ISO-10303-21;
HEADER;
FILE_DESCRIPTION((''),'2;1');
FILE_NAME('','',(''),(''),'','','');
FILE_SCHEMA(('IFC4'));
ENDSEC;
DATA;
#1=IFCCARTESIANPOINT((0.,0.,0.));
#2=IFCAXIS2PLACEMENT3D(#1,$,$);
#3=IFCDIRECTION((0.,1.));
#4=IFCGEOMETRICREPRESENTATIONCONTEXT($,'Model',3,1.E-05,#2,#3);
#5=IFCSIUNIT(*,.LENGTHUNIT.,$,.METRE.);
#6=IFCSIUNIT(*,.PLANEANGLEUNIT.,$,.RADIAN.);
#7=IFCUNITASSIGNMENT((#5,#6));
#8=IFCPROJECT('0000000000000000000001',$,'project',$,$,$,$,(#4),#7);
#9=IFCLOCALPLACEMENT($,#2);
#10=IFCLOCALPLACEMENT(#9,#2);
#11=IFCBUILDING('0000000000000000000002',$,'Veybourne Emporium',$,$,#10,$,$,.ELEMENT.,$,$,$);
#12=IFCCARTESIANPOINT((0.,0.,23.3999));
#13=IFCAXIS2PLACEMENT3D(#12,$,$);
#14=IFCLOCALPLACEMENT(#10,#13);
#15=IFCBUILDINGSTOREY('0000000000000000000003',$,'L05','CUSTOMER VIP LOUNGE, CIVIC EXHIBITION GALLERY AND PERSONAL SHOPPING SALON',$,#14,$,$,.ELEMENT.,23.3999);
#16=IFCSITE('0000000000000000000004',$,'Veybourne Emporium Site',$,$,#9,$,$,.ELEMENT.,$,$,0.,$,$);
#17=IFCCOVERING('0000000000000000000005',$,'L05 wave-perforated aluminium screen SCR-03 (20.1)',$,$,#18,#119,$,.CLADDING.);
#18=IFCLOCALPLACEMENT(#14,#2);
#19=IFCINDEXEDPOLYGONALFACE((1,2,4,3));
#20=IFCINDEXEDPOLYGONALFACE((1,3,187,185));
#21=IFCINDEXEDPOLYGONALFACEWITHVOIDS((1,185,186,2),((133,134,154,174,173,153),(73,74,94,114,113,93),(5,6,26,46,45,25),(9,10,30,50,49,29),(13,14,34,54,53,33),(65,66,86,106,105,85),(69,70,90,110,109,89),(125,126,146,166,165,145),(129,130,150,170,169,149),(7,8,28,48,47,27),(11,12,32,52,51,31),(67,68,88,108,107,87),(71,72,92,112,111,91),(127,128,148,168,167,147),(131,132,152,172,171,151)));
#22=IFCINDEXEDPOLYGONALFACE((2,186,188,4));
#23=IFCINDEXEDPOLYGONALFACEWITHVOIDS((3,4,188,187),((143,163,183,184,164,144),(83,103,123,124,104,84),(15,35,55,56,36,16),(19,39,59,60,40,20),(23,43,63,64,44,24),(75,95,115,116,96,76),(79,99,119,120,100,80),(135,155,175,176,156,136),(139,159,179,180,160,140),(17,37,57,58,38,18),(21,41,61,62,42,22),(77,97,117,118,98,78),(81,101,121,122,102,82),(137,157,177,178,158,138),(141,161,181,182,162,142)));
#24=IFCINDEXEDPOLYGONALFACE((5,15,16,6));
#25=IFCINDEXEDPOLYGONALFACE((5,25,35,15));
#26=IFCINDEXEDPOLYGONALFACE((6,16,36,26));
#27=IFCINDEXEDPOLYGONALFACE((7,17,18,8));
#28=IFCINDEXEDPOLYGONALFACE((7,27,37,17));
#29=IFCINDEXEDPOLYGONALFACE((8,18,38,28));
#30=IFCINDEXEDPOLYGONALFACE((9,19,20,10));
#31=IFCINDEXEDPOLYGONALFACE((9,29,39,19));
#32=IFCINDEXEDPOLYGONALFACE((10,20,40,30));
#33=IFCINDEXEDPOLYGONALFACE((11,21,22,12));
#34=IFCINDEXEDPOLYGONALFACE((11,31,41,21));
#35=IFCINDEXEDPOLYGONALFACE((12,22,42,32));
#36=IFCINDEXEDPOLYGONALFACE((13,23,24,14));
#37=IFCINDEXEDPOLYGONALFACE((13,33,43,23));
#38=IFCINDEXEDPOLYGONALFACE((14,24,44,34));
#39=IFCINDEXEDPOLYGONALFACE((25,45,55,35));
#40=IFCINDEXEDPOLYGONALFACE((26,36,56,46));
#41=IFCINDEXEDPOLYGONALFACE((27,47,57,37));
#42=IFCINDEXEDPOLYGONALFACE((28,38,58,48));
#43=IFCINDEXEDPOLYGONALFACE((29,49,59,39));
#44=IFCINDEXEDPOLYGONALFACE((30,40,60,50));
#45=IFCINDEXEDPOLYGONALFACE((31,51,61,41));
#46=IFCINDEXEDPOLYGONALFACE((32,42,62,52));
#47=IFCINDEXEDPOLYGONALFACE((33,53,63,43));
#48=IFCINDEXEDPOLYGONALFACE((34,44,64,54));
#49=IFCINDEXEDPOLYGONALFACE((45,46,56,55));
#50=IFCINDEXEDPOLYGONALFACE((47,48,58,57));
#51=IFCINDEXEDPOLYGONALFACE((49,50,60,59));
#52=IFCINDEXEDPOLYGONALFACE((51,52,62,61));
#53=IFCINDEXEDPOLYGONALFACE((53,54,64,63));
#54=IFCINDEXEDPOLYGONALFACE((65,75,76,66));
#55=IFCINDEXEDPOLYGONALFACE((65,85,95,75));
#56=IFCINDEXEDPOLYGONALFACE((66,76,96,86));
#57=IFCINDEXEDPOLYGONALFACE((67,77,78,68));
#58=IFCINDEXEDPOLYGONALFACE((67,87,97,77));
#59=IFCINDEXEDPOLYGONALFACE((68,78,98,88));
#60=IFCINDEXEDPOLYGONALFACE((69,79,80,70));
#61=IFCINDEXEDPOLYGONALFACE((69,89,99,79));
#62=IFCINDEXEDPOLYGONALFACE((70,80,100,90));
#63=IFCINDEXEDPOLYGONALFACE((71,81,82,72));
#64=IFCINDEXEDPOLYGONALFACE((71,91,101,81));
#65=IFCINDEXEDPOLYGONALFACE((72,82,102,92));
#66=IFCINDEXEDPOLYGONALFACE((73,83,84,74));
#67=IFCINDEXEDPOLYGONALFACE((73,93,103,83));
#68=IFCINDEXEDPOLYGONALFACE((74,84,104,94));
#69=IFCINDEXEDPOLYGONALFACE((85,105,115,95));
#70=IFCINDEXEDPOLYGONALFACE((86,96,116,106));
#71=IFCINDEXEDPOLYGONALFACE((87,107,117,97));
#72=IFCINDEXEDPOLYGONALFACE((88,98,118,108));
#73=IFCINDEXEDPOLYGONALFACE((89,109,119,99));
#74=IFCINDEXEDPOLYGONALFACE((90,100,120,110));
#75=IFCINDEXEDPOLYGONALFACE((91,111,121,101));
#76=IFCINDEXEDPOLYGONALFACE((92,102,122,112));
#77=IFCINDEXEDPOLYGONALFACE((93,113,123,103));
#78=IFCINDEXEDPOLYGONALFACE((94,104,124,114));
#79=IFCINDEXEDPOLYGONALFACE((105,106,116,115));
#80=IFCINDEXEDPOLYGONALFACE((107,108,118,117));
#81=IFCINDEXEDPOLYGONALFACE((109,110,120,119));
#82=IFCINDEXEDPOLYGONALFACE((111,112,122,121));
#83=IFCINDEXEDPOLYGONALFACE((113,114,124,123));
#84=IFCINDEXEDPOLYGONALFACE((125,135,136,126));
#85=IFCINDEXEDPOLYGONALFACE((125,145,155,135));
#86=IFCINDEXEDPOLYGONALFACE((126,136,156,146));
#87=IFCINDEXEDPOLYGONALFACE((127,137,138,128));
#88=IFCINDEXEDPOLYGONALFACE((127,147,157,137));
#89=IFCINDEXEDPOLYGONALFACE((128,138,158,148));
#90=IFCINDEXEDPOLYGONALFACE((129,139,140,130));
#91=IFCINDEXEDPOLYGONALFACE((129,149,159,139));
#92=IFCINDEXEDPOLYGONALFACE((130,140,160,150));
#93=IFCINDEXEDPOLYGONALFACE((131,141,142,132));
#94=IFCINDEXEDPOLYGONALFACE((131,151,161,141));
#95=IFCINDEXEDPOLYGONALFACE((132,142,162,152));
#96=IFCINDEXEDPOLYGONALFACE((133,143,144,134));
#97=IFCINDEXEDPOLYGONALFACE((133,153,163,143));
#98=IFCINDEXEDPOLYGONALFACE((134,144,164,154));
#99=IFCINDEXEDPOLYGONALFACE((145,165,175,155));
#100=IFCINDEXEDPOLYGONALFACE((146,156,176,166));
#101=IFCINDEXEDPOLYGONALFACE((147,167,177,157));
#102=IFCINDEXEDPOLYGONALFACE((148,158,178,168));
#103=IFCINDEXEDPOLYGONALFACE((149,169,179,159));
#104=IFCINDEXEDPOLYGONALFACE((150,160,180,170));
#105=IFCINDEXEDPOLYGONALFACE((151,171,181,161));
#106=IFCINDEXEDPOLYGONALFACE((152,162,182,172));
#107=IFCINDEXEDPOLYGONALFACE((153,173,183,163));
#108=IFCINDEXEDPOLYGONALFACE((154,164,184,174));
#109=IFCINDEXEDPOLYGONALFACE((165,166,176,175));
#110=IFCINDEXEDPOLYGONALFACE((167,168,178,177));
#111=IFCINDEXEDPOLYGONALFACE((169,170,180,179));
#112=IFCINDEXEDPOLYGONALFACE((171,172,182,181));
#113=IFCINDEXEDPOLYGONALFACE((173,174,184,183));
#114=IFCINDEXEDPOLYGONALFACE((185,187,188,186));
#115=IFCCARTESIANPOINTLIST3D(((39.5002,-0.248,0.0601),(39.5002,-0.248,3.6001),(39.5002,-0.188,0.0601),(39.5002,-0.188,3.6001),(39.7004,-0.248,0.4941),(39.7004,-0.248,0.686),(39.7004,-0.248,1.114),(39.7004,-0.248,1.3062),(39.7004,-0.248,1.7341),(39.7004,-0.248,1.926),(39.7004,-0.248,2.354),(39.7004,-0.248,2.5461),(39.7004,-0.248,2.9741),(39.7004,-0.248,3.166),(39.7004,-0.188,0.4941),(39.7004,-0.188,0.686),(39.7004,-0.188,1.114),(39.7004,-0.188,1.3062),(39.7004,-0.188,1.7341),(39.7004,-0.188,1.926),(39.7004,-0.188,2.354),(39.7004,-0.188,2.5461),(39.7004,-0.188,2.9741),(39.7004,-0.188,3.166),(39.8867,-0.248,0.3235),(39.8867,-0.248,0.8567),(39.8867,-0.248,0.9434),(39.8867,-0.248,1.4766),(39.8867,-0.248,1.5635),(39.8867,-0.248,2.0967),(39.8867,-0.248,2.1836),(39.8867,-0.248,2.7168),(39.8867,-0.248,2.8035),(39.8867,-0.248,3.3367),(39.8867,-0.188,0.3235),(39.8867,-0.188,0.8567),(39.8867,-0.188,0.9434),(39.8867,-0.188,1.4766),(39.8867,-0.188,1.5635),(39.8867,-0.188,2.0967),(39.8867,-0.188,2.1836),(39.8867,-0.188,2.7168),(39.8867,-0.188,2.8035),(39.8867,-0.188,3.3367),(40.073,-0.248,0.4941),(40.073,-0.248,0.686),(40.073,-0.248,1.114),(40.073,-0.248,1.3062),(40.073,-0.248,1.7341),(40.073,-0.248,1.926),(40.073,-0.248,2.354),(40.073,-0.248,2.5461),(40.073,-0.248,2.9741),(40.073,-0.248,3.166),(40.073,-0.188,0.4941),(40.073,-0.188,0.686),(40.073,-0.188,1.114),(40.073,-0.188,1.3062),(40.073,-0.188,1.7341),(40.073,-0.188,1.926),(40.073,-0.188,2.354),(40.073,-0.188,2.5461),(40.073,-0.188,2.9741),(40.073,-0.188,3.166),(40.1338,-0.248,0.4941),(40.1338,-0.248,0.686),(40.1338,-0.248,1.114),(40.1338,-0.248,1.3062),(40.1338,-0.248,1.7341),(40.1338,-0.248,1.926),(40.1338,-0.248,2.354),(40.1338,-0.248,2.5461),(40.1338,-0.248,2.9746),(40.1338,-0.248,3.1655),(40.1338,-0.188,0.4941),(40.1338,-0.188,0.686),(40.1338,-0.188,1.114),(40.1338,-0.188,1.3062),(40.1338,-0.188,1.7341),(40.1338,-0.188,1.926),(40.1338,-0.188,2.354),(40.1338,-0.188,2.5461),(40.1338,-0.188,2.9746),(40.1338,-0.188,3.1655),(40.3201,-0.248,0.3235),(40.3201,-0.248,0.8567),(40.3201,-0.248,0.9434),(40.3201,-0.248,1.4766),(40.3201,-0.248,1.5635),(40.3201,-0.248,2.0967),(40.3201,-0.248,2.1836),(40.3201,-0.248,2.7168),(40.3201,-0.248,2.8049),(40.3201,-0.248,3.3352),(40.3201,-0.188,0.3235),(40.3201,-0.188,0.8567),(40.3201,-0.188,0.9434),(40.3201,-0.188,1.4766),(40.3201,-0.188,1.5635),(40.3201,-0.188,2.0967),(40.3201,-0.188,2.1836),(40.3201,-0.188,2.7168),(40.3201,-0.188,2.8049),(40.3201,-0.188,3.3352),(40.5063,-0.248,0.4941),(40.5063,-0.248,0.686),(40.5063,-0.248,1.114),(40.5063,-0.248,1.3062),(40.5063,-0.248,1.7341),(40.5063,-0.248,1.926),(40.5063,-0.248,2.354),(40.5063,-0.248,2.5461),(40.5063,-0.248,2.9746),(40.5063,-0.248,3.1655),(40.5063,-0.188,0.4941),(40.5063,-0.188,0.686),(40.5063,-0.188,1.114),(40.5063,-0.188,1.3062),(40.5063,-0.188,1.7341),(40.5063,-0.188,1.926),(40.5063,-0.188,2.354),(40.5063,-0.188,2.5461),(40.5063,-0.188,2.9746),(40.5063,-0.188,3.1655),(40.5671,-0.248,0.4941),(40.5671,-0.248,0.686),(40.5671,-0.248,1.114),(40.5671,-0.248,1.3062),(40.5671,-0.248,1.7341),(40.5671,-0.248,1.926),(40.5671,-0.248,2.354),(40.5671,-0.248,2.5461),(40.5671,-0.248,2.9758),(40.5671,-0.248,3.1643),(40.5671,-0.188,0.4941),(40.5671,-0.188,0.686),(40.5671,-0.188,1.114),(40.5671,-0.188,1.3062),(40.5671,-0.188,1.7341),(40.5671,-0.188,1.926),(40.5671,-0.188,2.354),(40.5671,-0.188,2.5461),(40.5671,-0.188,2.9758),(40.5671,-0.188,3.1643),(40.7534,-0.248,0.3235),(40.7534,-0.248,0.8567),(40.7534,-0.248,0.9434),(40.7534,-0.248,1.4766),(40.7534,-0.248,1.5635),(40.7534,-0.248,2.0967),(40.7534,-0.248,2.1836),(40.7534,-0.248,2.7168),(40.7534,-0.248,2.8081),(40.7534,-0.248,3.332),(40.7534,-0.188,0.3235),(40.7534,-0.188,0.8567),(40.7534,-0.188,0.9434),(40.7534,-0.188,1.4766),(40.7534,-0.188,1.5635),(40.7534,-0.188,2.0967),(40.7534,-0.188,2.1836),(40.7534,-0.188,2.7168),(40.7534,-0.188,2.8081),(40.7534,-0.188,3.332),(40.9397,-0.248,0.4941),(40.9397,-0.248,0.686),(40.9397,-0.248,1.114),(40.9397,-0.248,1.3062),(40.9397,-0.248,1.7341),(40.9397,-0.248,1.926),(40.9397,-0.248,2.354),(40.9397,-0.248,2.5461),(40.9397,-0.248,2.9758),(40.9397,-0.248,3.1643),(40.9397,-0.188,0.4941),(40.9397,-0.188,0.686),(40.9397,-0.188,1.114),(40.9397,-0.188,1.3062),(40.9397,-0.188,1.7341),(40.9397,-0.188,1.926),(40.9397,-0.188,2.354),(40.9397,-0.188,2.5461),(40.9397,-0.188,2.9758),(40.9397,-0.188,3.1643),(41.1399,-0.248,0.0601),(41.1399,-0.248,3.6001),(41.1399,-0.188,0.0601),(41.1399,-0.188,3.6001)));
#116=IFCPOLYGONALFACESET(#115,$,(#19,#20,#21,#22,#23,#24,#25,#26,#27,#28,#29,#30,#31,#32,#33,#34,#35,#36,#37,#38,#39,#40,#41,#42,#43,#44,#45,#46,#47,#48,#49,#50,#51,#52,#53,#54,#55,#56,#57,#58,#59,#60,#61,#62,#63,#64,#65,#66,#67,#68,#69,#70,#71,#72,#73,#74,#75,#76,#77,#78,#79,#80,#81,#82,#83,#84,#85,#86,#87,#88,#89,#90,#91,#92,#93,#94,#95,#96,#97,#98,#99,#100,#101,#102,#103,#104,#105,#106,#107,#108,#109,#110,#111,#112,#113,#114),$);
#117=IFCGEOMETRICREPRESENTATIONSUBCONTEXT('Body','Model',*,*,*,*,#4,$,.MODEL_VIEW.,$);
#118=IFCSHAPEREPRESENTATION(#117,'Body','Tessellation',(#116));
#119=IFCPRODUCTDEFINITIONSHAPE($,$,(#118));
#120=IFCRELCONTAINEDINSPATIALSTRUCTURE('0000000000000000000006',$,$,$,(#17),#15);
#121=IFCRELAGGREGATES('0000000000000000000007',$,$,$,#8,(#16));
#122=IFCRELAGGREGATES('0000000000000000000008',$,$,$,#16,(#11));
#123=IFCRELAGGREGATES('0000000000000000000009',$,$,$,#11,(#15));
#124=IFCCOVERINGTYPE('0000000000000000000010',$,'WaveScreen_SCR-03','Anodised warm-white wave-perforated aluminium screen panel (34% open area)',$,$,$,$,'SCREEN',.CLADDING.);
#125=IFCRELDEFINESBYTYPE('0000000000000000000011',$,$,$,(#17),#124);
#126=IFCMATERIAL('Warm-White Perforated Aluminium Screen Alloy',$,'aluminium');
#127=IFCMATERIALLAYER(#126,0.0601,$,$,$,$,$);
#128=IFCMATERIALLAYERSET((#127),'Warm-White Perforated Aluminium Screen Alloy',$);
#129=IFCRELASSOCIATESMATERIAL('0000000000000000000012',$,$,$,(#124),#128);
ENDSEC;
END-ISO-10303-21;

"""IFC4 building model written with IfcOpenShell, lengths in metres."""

from ifc_helpers import new_model, si_unit, direction, frame, origin, place, context, subcontext, project, spatial, polyline, outline, extrude, material, layer, layer_set, type_object, element, save


model = new_model("IFC4")

# Units and contexts
model_context = context("Model", 3, precision=1e-05, world=origin(), true_north=direction((0.0, 1.0)))
body_context = subcontext(model_context, "Body", "Model", "MODEL_VIEW")
ifc_project = project(units=[si_unit("LENGTHUNIT", "METRE"), si_unit("PLANEANGLEUNIT", "RADIAN")], contexts=[model_context])

# Site, building, storey
site_placement = place(None, origin())
site = spatial("IfcSite", under=ifc_project, at=site_placement, Name="Veybourne Emporium Site", CompositionType="ELEMENT", RefElevation=0.0)
building_placement = place(site_placement, origin())
building = spatial("IfcBuilding", under=site, at=building_placement, Name="Veybourne Emporium", CompositionType="ELEMENT")
storey_placement = place(building_placement, frame((0.0, 0.0, 23.3999)))
storey = spatial("IfcBuildingStorey", under=building, at=storey_placement, Name="L05", Description="CUSTOMER VIP LOUNGE, CIVIC EXHIBITION GALLERY AND PERSONAL SHOPPING SALON", CompositionType="ELEMENT", Elevation=23.3999)

# Covering
ifc_material_1 = material(Name="Warm-White Perforated Aluminium Screen Alloy", Category="aluminium")
ifc_layer_1 = layer(ifc_material_1, 0.0601)
ifc_layer_set_1 = layer_set([ifc_layer_1], Name="Warm-White Perforated Aluminium Screen Alloy")
covering_type_1 = type_object("IfcCoveringType", Name="WaveScreen_SCR-03", Description="Anodised warm-white wave-perforated aluminium screen panel (34% open area)", ElementType="SCREEN", PredefinedType="CLADDING", material=ifc_layer_set_1)
covering_1_placement = place(storey_placement, frame((40.3201, -0.248, 1.8301), z_axis=(0.0, 1.0, 0.0), x_axis=(-1.0, 0.0, 0.0)))
element("IfcCovering", 1, at=covering_1_placement, inside=storey, type_object=covering_type_1, Name="L05 wave-perforated aluminium screen SCR-03 (20.1)", PredefinedType="CLADDING", context=body_context, shape_type="SweptSolid", body=[
    extrude(outline(polyline([(-0.8198, -1.77), (0.8198, -1.77), (0.8198, 1.77), (-0.8198, 1.77), (-0.8198, -1.77)]), holes=[polyline([(-0.4333, -0.9734), (-0.2471, -1.144), (-0.2471, -1.3359), (-0.4333, -1.5066), (-0.6196, -1.3359), (-0.6196, -1.144), (-0.4333, -0.9734)]), polyline([(-0.4333, -0.3535), (-0.2471, -0.5239), (-0.2471, -0.7161), (-0.4333, -0.8867), (-0.6196, -0.7161), (-0.6196, -0.5239), (-0.4333, -0.3535)]), polyline([(-0.4333, 0.2666), (-0.2471, 0.0959), (-0.2471, -0.0959), (-0.4333, -0.2666), (-0.6196, -0.0959), (-0.6196, 0.0959), (-0.4333, 0.2666)]), polyline([(-0.4333, 0.8867), (-0.2471, 0.7161), (-0.2471, 0.5239), (-0.4333, 0.3535), (-0.6196, 0.5239), (-0.6196, 0.7161), (-0.4333, 0.8867)]), polyline([(-0.4333, 1.502), (-0.2471, 1.3342), (-0.2471, 1.1458), (-0.4333, 0.978), (-0.6196, 1.1458), (-0.6196, 1.3342), (-0.4333, 1.502)]), polyline([(0.0, -0.9734), (0.1863, -1.144), (0.1863, -1.3359), (0.0, -1.5066), (-0.1863, -1.3359), (-0.1863, -1.144), (0.0, -0.9734)]), polyline([(0.0, -0.3535), (0.1863, -0.5239), (0.1863, -0.7161), (0.0, -0.8867), (-0.1863, -0.7161), (-0.1863, -0.5239), (0.0, -0.3535)]), polyline([(0.0, 0.2666), (0.1863, 0.0959), (0.1863, -0.0959), (0.0, -0.2666), (-0.1863, -0.0959), (-0.1863, 0.0959), (0.0, 0.2666)]), polyline([(0.0, 0.8867), (0.1863, 0.7161), (0.1863, 0.5239), (0.0, 0.3535), (-0.1863, 0.5239), (-0.1863, 0.7161), (0.0, 0.8867)]), polyline([(0.0, 1.5051), (0.1863, 1.3354), (0.1863, 1.1445), (0.0, 0.9749), (-0.1863, 1.1445), (-0.1863, 1.3354), (0.0, 1.5051)]), polyline([(0.4333, -0.9734), (0.6196, -1.144), (0.6196, -1.3359), (0.4333, -1.5066), (0.2471, -1.3359), (0.2471, -1.144), (0.4333, -0.9734)]), polyline([(0.4333, -0.3535), (0.6196, -0.5239), (0.6196, -0.7161), (0.4333, -0.8867), (0.2471, -0.7161), (0.2471, -0.5239), (0.4333, -0.3535)]), polyline([(0.4333, 0.2666), (0.6196, 0.0959), (0.6196, -0.0959), (0.4333, -0.2666), (0.2471, -0.0959), (0.2471, 0.0959), (0.4333, 0.2666)]), polyline([(0.4333, 0.8867), (0.6196, 0.7161), (0.6196, 0.5239), (0.4333, 0.3535), (0.2471, 0.5239), (0.2471, 0.7161), (0.4333, 0.8867)]), polyline([(0.4333, 1.5066), (0.6196, 1.3359), (0.6196, 1.144), (0.4333, 0.9734), (0.2471, 1.144), (0.2471, 1.3359), (0.4333, 1.5066)])]), origin(), (0.0, 0.0, 1.0), 0.0601),
])

save(model, "model.ifc")
